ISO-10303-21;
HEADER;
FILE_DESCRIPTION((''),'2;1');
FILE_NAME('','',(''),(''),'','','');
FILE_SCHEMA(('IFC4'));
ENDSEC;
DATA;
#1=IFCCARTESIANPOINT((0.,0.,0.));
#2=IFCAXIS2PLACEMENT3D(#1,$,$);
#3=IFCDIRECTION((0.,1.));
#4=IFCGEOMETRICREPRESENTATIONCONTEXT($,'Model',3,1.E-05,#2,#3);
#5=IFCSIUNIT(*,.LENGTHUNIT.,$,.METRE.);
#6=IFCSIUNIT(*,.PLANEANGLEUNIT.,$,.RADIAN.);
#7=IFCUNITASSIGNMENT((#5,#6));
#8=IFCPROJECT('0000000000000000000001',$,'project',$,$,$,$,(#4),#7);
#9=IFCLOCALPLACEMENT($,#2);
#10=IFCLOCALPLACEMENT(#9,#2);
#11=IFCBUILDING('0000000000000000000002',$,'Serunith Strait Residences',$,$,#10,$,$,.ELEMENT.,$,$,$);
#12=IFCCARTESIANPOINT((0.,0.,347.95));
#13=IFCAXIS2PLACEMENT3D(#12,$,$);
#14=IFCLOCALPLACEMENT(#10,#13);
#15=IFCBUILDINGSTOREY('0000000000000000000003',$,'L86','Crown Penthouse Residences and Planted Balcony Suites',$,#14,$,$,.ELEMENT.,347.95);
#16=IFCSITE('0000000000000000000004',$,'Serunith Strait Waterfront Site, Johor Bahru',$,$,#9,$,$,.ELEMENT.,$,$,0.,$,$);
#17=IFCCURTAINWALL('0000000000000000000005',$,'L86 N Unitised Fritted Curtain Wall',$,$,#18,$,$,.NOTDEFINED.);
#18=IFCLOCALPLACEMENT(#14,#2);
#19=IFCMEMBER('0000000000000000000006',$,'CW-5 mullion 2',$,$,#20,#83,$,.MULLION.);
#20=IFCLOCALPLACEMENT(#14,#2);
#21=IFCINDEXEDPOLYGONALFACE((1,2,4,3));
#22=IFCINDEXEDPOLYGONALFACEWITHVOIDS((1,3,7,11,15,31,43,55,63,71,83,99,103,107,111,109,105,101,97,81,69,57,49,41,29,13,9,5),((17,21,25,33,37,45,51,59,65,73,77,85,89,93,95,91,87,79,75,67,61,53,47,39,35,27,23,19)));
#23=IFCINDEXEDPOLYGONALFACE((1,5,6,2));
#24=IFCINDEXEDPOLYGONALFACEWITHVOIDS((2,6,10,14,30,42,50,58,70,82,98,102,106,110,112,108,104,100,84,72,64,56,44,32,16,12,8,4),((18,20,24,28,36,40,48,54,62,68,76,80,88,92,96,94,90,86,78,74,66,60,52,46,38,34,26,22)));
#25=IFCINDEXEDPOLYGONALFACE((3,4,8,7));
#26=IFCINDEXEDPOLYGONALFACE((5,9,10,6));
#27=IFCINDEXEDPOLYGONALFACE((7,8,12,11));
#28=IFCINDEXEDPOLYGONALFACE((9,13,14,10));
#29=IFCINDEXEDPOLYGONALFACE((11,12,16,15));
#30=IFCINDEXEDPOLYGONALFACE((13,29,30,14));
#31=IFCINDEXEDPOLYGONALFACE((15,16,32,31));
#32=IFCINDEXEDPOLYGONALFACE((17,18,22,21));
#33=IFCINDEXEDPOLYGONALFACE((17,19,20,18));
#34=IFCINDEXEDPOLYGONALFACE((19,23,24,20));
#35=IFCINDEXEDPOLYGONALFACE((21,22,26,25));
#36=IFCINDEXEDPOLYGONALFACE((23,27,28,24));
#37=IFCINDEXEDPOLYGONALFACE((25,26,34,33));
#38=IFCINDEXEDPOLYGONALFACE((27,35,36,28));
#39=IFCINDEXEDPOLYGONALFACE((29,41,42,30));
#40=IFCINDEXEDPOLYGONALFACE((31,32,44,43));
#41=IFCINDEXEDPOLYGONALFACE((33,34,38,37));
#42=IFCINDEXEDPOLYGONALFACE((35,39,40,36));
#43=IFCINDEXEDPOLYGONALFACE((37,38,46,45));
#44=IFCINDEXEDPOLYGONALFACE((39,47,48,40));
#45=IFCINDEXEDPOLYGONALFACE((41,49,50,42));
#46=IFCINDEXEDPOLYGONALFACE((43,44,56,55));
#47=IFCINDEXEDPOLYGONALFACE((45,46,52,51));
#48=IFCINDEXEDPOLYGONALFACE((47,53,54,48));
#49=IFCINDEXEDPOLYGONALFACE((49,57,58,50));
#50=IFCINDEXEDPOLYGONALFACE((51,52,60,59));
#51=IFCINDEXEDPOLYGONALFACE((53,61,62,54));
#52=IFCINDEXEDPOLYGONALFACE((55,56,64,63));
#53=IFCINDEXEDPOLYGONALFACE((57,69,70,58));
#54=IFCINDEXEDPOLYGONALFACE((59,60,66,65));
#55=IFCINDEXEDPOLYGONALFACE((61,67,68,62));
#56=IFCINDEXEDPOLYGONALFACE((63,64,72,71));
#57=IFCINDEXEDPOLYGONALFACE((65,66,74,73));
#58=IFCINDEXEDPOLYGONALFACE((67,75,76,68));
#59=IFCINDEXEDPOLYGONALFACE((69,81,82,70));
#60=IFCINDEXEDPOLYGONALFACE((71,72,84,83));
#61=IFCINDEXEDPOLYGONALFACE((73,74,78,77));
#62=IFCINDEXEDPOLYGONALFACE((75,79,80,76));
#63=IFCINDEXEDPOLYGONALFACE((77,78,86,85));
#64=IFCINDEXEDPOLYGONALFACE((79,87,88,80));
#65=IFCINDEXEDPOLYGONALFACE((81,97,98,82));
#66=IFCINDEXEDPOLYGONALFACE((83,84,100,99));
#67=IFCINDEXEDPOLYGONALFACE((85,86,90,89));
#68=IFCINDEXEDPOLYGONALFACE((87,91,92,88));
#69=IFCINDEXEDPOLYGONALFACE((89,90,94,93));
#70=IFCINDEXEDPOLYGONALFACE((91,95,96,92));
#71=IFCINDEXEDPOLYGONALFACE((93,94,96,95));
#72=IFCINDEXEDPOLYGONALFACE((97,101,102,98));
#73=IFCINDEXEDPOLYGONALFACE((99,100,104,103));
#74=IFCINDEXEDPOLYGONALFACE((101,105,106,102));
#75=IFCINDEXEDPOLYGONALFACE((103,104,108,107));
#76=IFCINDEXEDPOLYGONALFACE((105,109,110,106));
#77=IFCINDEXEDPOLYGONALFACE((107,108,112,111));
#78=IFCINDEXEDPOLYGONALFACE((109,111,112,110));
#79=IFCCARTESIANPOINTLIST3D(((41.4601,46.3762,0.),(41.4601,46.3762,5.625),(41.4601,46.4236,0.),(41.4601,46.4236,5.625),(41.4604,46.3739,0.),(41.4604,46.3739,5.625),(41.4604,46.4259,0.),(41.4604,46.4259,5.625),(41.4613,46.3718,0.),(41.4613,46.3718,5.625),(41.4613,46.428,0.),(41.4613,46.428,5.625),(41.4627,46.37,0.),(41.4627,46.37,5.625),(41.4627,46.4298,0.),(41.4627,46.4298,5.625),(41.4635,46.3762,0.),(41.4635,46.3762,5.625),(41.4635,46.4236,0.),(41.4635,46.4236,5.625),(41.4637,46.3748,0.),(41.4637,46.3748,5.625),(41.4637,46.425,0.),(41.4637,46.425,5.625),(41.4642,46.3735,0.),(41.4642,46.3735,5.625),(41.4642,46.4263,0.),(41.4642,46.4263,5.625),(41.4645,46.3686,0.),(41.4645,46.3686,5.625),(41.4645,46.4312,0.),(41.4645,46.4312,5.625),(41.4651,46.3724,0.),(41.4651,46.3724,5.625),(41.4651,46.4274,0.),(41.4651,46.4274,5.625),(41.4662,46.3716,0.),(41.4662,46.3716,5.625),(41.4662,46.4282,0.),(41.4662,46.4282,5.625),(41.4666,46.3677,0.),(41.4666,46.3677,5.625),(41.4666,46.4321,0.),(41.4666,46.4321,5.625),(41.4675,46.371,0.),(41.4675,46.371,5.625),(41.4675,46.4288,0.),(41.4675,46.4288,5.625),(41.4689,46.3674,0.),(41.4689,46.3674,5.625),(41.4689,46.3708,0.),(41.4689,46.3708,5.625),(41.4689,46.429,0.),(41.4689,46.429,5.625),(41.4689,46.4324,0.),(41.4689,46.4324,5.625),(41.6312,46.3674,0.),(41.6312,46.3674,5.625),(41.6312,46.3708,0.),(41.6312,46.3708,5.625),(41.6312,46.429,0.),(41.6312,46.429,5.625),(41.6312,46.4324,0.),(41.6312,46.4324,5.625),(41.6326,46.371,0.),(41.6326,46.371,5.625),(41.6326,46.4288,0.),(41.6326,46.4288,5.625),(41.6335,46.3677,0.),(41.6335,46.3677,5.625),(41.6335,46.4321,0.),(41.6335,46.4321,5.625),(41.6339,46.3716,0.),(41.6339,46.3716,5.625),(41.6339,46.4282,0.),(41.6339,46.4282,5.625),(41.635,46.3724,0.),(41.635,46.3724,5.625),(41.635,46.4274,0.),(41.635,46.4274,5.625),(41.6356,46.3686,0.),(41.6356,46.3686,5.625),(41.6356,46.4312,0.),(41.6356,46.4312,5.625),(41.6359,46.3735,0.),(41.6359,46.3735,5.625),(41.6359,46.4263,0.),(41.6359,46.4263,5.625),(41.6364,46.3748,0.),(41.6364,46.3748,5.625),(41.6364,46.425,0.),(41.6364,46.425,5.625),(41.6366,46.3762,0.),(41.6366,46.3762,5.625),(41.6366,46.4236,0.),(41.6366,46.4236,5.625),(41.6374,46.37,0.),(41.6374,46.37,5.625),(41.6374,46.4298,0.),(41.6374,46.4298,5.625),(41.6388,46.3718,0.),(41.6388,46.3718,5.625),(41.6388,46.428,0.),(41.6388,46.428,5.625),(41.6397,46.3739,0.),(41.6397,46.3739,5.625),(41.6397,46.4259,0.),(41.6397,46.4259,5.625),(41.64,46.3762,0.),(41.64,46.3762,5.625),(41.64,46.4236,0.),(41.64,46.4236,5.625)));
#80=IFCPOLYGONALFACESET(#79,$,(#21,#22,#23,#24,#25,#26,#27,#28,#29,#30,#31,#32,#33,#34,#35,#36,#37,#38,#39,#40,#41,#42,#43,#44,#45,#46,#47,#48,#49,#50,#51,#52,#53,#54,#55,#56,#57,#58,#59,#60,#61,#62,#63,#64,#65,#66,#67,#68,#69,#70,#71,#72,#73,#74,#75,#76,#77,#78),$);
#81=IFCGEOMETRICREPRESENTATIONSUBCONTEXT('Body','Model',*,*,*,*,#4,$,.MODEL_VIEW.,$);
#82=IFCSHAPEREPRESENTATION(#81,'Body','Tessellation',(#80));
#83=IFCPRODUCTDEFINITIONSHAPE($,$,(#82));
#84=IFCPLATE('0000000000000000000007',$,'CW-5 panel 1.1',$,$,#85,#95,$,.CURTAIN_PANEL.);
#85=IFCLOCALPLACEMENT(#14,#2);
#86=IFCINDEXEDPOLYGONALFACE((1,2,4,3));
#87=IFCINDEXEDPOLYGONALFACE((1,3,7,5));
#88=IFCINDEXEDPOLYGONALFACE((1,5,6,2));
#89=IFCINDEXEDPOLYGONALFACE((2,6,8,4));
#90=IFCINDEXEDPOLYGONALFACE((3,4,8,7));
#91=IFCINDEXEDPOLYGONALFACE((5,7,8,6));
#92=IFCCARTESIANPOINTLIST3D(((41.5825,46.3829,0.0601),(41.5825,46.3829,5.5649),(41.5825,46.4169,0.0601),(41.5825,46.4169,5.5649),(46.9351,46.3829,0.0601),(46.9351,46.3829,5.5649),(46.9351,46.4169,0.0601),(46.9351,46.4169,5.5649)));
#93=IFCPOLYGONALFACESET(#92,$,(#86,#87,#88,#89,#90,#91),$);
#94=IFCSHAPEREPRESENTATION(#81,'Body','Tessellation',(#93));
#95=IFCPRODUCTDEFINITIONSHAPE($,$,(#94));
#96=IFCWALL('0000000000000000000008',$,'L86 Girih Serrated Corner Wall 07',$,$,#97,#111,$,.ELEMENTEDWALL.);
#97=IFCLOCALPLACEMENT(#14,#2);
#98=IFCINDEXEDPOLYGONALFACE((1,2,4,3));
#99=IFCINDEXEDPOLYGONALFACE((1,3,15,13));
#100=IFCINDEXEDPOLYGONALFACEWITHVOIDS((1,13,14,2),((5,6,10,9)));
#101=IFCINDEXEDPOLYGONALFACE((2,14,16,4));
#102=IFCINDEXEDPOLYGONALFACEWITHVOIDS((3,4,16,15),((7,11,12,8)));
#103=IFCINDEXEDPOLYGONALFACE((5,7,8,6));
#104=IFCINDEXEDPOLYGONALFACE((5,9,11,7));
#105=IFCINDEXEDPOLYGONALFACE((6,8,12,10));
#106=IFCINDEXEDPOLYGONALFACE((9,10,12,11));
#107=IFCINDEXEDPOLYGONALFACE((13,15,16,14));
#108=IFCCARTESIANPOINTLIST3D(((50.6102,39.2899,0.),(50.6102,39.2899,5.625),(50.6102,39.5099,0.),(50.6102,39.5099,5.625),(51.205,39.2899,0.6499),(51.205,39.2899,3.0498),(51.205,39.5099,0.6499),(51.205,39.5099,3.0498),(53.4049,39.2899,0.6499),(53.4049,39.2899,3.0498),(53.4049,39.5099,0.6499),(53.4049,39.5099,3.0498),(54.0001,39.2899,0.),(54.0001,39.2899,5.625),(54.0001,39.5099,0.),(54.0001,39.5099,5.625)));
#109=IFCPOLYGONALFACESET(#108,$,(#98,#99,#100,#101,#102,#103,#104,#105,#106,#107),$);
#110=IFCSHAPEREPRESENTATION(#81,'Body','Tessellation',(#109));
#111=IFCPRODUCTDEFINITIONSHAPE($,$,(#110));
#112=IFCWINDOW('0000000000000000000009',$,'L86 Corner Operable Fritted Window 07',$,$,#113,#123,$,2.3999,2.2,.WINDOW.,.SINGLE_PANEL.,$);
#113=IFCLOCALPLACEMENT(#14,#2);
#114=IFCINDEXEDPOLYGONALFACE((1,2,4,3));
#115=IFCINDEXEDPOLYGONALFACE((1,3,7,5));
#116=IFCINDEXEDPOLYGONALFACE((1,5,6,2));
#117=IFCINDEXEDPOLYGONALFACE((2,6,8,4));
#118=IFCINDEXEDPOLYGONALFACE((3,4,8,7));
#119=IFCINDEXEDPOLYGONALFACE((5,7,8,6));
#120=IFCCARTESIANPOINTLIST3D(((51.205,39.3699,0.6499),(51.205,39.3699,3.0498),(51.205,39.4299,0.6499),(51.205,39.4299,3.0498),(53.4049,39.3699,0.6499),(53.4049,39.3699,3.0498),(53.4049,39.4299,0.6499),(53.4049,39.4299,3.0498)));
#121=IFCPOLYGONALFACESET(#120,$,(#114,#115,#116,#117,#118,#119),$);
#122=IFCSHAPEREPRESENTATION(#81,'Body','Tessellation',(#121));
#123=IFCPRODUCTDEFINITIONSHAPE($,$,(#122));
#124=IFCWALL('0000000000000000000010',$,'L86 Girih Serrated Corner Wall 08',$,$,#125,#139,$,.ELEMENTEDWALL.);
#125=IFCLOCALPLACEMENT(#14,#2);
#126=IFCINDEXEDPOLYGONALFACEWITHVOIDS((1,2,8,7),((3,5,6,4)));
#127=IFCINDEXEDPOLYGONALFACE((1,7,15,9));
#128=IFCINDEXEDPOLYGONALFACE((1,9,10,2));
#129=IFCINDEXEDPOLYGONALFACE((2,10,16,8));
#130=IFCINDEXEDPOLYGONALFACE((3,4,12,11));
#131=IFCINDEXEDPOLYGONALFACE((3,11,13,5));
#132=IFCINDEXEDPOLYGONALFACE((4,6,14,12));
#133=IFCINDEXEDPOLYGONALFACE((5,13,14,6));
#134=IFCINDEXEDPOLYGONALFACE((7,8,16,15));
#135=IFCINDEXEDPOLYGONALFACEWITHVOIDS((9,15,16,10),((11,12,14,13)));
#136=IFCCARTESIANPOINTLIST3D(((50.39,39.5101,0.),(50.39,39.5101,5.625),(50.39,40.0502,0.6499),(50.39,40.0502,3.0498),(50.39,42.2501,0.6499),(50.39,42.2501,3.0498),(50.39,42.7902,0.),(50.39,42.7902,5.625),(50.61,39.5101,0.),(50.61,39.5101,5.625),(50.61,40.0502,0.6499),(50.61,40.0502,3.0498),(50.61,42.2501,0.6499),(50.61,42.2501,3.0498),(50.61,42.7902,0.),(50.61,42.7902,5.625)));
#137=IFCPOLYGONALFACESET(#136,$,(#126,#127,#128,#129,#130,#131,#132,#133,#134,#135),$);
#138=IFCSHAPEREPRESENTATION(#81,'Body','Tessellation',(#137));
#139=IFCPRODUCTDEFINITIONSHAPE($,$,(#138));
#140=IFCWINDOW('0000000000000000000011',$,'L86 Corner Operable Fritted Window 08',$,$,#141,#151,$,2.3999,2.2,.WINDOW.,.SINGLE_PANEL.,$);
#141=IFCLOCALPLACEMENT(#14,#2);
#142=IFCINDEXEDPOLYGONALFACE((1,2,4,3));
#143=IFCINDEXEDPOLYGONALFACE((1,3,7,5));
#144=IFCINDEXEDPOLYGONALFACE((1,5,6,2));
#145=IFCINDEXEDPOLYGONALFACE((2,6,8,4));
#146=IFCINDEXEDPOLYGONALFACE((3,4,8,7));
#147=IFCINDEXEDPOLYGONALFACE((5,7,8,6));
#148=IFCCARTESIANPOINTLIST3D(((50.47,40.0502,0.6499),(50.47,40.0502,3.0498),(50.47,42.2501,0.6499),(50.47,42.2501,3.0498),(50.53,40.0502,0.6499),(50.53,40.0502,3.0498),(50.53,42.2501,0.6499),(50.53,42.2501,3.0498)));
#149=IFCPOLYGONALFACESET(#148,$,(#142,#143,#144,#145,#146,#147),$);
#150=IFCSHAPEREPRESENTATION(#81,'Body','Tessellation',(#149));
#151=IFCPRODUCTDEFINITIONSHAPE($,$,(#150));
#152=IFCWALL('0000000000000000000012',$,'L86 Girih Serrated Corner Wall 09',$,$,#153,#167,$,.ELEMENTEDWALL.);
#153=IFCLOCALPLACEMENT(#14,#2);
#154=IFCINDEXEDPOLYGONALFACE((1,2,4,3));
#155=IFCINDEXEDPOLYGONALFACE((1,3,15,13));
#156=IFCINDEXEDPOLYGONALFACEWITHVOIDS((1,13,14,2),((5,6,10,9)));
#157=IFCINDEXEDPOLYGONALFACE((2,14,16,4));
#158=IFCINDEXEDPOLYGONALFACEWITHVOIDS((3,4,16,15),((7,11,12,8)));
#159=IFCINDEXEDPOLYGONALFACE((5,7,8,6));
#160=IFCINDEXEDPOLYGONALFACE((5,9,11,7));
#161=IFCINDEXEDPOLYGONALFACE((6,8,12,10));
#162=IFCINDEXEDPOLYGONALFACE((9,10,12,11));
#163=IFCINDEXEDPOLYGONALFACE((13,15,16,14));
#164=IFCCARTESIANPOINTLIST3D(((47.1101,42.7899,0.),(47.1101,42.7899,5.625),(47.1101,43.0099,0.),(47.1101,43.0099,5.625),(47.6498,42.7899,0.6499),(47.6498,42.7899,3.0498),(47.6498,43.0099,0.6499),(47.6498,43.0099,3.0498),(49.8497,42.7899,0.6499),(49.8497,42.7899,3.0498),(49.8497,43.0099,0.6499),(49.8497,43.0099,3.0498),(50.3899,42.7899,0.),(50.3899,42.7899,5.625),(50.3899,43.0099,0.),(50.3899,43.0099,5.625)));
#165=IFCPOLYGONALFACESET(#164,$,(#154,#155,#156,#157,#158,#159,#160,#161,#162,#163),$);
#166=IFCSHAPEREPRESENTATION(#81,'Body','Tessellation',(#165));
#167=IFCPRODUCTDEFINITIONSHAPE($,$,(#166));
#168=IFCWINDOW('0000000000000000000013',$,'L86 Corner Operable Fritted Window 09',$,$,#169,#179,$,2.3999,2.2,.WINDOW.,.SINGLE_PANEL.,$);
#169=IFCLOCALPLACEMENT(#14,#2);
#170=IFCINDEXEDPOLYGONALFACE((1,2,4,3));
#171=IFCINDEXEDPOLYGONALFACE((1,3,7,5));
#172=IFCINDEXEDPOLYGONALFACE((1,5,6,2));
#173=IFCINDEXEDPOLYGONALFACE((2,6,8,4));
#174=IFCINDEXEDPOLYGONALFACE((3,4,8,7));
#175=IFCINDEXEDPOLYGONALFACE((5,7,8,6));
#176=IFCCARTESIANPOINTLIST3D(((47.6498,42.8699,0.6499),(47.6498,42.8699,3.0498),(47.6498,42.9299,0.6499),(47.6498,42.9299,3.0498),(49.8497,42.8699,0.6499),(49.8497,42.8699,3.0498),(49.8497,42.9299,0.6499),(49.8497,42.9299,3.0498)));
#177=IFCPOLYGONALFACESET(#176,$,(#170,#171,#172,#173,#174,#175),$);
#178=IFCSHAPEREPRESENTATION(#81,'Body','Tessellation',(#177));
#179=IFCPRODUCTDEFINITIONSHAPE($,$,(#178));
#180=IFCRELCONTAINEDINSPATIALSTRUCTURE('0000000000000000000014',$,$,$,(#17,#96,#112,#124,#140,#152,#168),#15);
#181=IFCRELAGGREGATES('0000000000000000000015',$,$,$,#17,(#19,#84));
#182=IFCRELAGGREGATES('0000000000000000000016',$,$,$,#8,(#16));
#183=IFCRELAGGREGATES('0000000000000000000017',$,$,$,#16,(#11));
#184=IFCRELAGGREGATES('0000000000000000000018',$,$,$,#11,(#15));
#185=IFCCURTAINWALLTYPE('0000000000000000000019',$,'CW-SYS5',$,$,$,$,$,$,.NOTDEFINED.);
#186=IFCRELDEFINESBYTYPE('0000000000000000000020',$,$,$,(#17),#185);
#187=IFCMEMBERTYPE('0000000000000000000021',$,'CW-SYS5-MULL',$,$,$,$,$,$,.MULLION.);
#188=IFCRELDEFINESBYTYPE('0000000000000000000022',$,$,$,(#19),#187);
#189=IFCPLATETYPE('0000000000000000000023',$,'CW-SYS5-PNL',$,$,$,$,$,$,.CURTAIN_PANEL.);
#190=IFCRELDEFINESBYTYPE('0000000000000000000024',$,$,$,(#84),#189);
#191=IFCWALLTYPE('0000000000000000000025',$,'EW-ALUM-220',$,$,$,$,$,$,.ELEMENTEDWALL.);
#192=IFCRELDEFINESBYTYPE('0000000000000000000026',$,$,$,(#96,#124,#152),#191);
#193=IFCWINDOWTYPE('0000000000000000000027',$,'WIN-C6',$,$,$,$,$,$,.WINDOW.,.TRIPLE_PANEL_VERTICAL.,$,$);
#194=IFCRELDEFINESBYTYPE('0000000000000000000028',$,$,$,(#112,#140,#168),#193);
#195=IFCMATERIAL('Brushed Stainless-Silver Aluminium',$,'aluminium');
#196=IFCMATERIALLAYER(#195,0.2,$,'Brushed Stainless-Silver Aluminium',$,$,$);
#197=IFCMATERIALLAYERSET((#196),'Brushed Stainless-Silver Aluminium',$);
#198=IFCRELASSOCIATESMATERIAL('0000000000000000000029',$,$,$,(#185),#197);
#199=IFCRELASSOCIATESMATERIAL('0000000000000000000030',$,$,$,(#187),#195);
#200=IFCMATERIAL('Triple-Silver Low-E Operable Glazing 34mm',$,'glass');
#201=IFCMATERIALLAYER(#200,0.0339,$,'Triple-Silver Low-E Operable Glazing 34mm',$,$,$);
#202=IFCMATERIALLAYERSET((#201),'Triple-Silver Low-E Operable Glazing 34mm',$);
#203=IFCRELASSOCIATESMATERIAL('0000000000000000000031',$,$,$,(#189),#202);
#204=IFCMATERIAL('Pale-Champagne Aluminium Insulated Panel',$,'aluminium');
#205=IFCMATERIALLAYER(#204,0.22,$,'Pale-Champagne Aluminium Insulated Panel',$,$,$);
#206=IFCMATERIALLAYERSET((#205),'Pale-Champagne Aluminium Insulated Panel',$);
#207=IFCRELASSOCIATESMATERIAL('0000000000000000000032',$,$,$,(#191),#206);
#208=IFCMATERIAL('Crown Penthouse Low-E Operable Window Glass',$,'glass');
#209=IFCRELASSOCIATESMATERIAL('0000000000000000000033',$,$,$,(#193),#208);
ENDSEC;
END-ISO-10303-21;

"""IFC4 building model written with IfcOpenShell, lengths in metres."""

from ifc_helpers import new_model, si_unit, direction, frame, frame_2d, origin, origin_2d, place, context, subcontext, project, spatial, rectangle, hollow_rectangle, extrude, source, transform, mapped, material, layer, layer_set, material_profile, profile_set, type_object, element, fill, aggregate, save


model = new_model("IFC4")

# Units and contexts
model_context = context("Model", 3, precision=1e-05, world=origin(), true_north=direction((0.0, 1.0)))
body_context = subcontext(model_context, "Body", "Model", "MODEL_VIEW")
ifc_project = project(units=[si_unit("LENGTHUNIT", "METRE"), si_unit("PLANEANGLEUNIT", "RADIAN")], contexts=[model_context])

# Site, building, storey
site_placement = place(None, origin())
site = spatial("IfcSite", under=ifc_project, at=site_placement, Name="Serunith Strait Waterfront Site, Johor Bahru", CompositionType="ELEMENT", RefElevation=0.0)
building_placement = place(site_placement, origin())
building = spatial("IfcBuilding", under=site, at=building_placement, Name="Serunith Strait Residences", CompositionType="ELEMENT")
storey_placement = place(building_placement, frame((0.0, 0.0, 347.95)))
storey = spatial("IfcBuildingStorey", under=building, at=storey_placement, Name="L86", Description="Crown Penthouse Residences and Planted Balcony Suites", CompositionType="ELEMENT", Elevation=347.95)

# Curtain wall
ifc_material_1 = material(Name="Brushed Stainless-Silver Aluminium", Category="aluminium")
ifc_layer_1 = layer(ifc_material_1, 0.2, Name="Brushed Stainless-Silver Aluminium")
ifc_layer_set_1 = layer_set([ifc_layer_1], Name="Brushed Stainless-Silver Aluminium")
curtain_wall_type = type_object("IfcCurtainWallType", Name="CW-SYS5", PredefinedType="NOTDEFINED", material=ifc_layer_set_1)
curtain_wall_1_placement = place(storey_placement, origin())
curtain_wall_1 = element("IfcCurtainWall", 1, at=curtain_wall_1_placement, inside=storey, type_object=curtain_wall_type, Name="L86 N Unitised Fritted Curtain Wall", PredefinedType="NOTDEFINED")

# Shared definitions
ifc_material_profile_1 = material_profile(ifc_material_1, hollow_rectangle(XDim=0.0649, YDim=0.1799, WallThickness=0.0034, InnerFilletRadius=0.0054, OuterFilletRadius=0.0088, at=origin_2d()), Name="ALU 180x65x3.5")
ifc_profile_set_1 = profile_set([ifc_material_profile_1], Name="Brushed Stainless-Silver Aluminium")
member_type_1 = type_object("IfcMemberType", Name="CW-SYS5-MULL", PredefinedType="MULLION", material=ifc_profile_set_1)
shared_shape_1 = source(origin(), body_context, "Body", "SweptSolid", [
    extrude(hollow_rectangle(XDim=0.0649, YDim=0.1799, WallThickness=0.0034, InnerFilletRadius=0.0054, OuterFilletRadius=0.0088, at=origin_2d()), origin(), (0.0, 0.0, 1.0), 5.625),
])

# Member
member_1_placement = place(storey_placement, frame((41.55, 46.3999, 0.0), z_axis=(0.0, 0.0, 1.0), x_axis=(0.0, -1.0, 0.0)))
member_1 = element("IfcMember", 2, at=member_1_placement, type_object=member_type_1, Name="CW-5 mullion 2", PredefinedType="MULLION", context=body_context, shape_type="MappedRepresentation", body=[
    mapped(shared_shape_1, transform((0.0, 0.0, 0.0), scale=1.0)),
])

# Plate
ifc_material_2 = material(Name="Triple-Silver Low-E Operable Glazing 34mm", Category="glass")
ifc_layer_2 = layer(ifc_material_2, 0.0339, Name="Triple-Silver Low-E Operable Glazing 34mm")
ifc_layer_set_2 = layer_set([ifc_layer_2], Name="Triple-Silver Low-E Operable Glazing 34mm")
plate_type = type_object("IfcPlateType", Name="CW-SYS5-PNL", PredefinedType="CURTAIN_PANEL", material=ifc_layer_set_2)
shared_shape_2 = source(origin(), body_context, "Body", "SweptSolid", [
    extrude(rectangle(XDim=5.3525, YDim=0.0339, at=origin_2d()), origin(), (0.0, 0.0, 1.0), 5.5049),
])
plate_placement = place(storey_placement, frame((44.2588, 46.3999, 0.0601), z_axis=(0.0, 0.0, 1.0), x_axis=(-1.0, 0.0, 0.0)))
plate = element("IfcPlate", 3, at=plate_placement, type_object=plate_type, Name="CW-5 panel 1.1", PredefinedType="CURTAIN_PANEL", context=body_context, shape_type="MappedRepresentation", body=[
    mapped(shared_shape_2, transform((0.0, 0.0, 0.0), scale=1.0)),
])
aggregate(curtain_wall_1, [member_1, plate])

# Walls, openings, windows
ifc_material_3 = material(Name="Pale-Champagne Aluminium Insulated Panel", Category="aluminium")
ifc_layer_3 = layer(ifc_material_3, 0.22, Name="Pale-Champagne Aluminium Insulated Panel")
ifc_layer_set_3 = layer_set([ifc_layer_3], Name="Pale-Champagne Aluminium Insulated Panel")
wall_type = type_object("IfcWallType", Name="EW-ALUM-220", PredefinedType="ELEMENTEDWALL", material=ifc_layer_set_3)
wall_1_placement = place(storey_placement, frame((54.0, 39.3999, 0.0), z_axis=(0.0, 0.0, 1.0), x_axis=(-1.0, 0.0, 0.0)))
wall_1 = element("IfcWall", 4, at=wall_1_placement, inside=storey, type_object=wall_type, Name="L86 Girih Serrated Corner Wall 07", PredefinedType="ELEMENTEDWALL", context=body_context, shape_type="SweptSolid", body=[
    extrude(rectangle(XDim=3.3899, YDim=0.22, at=frame_2d((1.6948, 0.0))), origin(), (0.0, 0.0, 1.0), 5.625),
])
opening_1_placement = place(wall_1_placement, frame((0.595, 0.0, 0.6499)))
opening_1 = element("IfcOpeningElement", 5, at=opening_1_placement, cuts=wall_1, PredefinedType="OPENING", context=body_context, shape_type="SweptSolid", body=[
    extrude(rectangle(XDim=2.2, YDim=2.3999, at=frame_2d((1.1001, 1.2))), frame((0.0, 0.1201, 0.0), z_axis=(0.0, -1.0, 0.0), x_axis=(1.0, 0.0, 0.0)), (0.0, 0.0, 1.0), 0.24),
])
ifc_material_4 = material(Name="Crown Penthouse Low-E Operable Window Glass", Category="glass")
window_type = type_object("IfcWindowType", Name="WIN-C6", PartitioningType="TRIPLE_PANEL_VERTICAL", PredefinedType="WINDOW", material=ifc_material_4)
shared_shape_3 = source(origin(), body_context, "Body", "SweptSolid", [
    extrude(rectangle(XDim=2.2, YDim=2.3999, at=frame_2d((1.1001, 1.2))), frame((0.0, 0.03, 0.0), z_axis=(0.0, -1.0, 0.0), x_axis=(1.0, 0.0, 0.0)), (0.0, 0.0, 1.0), 0.0601),
])
window_1_placement = place(opening_1_placement, origin())
window_1 = element("IfcWindow", 6, at=window_1_placement, inside=storey, type_object=window_type, Name="L86 Corner Operable Fritted Window 07", OverallHeight=2.3999, OverallWidth=2.2, PartitioningType="SINGLE_PANEL", PredefinedType="WINDOW", context=body_context, shape_type="MappedRepresentation", body=[
    mapped(shared_shape_3, transform((0.0, 0.0, 0.0), scale=1.0)),
])
fill(opening_1, window_1)
wall_2_placement = place(storey_placement, frame((50.5, 39.51, 0.0), z_axis=(0.0, 0.0, 1.0), x_axis=(0.0, 1.0, 0.0)))
wall_2 = element("IfcWall", 7, at=wall_2_placement, inside=storey, type_object=wall_type, Name="L86 Girih Serrated Corner Wall 08", PredefinedType="ELEMENTEDWALL", context=body_context, shape_type="SweptSolid", body=[
    extrude(rectangle(XDim=3.28, YDim=0.22, at=frame_2d((1.6401, 0.0))), origin(), (0.0, 0.0, 1.0), 5.625),
])
opening_2_placement = place(wall_2_placement, frame((0.54, 0.0, 0.6499)))
opening_2 = element("IfcOpeningElement", 8, at=opening_2_placement, cuts=wall_2, PredefinedType="OPENING", context=body_context, shape_type="SweptSolid", body=[
    extrude(rectangle(XDim=2.2, YDim=2.3999, at=frame_2d((1.1001, 1.2))), frame((0.0, 0.1201, 0.0), z_axis=(0.0, -1.0, 0.0), x_axis=(1.0, 0.0, 0.0)), (0.0, 0.0, 1.0), 0.24),
])
window_2_placement = place(opening_2_placement, origin())
window_2 = element("IfcWindow", 9, at=window_2_placement, inside=storey, type_object=window_type, Name="L86 Corner Operable Fritted Window 08", OverallHeight=2.3999, OverallWidth=2.2, PartitioningType="SINGLE_PANEL", PredefinedType="WINDOW", context=body_context, shape_type="MappedRepresentation", body=[
    mapped(shared_shape_3, transform((0.0, 0.0, 0.0), scale=1.0)),
])
fill(opening_2, window_2)
wall_3_placement = place(storey_placement, frame((50.3899, 42.8999, 0.0), z_axis=(0.0, 0.0, 1.0), x_axis=(-1.0, 0.0, 0.0)))
wall_3 = element("IfcWall", 10, at=wall_3_placement, inside=storey, type_object=wall_type, Name="L86 Girih Serrated Corner Wall 09", PredefinedType="ELEMENTEDWALL", context=body_context, shape_type="SweptSolid", body=[
    extrude(rectangle(XDim=3.2798, YDim=0.22, at=frame_2d((1.6399, 0.0))), origin(), (0.0, 0.0, 1.0), 5.625),
])
opening_3_placement = place(wall_3_placement, frame((0.54, 0.0, 0.6499)))
opening_3 = element("IfcOpeningElement", 11, at=opening_3_placement, cuts=wall_3, PredefinedType="OPENING", context=body_context, shape_type="SweptSolid", body=[
    extrude(rectangle(XDim=2.2, YDim=2.3999, at=frame_2d((1.1001, 1.2))), frame((0.0, 0.1201, 0.0), z_axis=(0.0, -1.0, 0.0), x_axis=(1.0, 0.0, 0.0)), (0.0, 0.0, 1.0), 0.24),
])
window_3_placement = place(opening_3_placement, origin())
window_3 = element("IfcWindow", 12, at=window_3_placement, inside=storey, type_object=window_type, Name="L86 Corner Operable Fritted Window 09", OverallHeight=2.3999, OverallWidth=2.2, PartitioningType="SINGLE_PANEL", PredefinedType="WINDOW", context=body_context, shape_type="MappedRepresentation", body=[
    mapped(shared_shape_3, transform((0.0, 0.0, 0.0), scale=1.0)),
])
fill(opening_3, window_3)

save(model, "model.ifc")
